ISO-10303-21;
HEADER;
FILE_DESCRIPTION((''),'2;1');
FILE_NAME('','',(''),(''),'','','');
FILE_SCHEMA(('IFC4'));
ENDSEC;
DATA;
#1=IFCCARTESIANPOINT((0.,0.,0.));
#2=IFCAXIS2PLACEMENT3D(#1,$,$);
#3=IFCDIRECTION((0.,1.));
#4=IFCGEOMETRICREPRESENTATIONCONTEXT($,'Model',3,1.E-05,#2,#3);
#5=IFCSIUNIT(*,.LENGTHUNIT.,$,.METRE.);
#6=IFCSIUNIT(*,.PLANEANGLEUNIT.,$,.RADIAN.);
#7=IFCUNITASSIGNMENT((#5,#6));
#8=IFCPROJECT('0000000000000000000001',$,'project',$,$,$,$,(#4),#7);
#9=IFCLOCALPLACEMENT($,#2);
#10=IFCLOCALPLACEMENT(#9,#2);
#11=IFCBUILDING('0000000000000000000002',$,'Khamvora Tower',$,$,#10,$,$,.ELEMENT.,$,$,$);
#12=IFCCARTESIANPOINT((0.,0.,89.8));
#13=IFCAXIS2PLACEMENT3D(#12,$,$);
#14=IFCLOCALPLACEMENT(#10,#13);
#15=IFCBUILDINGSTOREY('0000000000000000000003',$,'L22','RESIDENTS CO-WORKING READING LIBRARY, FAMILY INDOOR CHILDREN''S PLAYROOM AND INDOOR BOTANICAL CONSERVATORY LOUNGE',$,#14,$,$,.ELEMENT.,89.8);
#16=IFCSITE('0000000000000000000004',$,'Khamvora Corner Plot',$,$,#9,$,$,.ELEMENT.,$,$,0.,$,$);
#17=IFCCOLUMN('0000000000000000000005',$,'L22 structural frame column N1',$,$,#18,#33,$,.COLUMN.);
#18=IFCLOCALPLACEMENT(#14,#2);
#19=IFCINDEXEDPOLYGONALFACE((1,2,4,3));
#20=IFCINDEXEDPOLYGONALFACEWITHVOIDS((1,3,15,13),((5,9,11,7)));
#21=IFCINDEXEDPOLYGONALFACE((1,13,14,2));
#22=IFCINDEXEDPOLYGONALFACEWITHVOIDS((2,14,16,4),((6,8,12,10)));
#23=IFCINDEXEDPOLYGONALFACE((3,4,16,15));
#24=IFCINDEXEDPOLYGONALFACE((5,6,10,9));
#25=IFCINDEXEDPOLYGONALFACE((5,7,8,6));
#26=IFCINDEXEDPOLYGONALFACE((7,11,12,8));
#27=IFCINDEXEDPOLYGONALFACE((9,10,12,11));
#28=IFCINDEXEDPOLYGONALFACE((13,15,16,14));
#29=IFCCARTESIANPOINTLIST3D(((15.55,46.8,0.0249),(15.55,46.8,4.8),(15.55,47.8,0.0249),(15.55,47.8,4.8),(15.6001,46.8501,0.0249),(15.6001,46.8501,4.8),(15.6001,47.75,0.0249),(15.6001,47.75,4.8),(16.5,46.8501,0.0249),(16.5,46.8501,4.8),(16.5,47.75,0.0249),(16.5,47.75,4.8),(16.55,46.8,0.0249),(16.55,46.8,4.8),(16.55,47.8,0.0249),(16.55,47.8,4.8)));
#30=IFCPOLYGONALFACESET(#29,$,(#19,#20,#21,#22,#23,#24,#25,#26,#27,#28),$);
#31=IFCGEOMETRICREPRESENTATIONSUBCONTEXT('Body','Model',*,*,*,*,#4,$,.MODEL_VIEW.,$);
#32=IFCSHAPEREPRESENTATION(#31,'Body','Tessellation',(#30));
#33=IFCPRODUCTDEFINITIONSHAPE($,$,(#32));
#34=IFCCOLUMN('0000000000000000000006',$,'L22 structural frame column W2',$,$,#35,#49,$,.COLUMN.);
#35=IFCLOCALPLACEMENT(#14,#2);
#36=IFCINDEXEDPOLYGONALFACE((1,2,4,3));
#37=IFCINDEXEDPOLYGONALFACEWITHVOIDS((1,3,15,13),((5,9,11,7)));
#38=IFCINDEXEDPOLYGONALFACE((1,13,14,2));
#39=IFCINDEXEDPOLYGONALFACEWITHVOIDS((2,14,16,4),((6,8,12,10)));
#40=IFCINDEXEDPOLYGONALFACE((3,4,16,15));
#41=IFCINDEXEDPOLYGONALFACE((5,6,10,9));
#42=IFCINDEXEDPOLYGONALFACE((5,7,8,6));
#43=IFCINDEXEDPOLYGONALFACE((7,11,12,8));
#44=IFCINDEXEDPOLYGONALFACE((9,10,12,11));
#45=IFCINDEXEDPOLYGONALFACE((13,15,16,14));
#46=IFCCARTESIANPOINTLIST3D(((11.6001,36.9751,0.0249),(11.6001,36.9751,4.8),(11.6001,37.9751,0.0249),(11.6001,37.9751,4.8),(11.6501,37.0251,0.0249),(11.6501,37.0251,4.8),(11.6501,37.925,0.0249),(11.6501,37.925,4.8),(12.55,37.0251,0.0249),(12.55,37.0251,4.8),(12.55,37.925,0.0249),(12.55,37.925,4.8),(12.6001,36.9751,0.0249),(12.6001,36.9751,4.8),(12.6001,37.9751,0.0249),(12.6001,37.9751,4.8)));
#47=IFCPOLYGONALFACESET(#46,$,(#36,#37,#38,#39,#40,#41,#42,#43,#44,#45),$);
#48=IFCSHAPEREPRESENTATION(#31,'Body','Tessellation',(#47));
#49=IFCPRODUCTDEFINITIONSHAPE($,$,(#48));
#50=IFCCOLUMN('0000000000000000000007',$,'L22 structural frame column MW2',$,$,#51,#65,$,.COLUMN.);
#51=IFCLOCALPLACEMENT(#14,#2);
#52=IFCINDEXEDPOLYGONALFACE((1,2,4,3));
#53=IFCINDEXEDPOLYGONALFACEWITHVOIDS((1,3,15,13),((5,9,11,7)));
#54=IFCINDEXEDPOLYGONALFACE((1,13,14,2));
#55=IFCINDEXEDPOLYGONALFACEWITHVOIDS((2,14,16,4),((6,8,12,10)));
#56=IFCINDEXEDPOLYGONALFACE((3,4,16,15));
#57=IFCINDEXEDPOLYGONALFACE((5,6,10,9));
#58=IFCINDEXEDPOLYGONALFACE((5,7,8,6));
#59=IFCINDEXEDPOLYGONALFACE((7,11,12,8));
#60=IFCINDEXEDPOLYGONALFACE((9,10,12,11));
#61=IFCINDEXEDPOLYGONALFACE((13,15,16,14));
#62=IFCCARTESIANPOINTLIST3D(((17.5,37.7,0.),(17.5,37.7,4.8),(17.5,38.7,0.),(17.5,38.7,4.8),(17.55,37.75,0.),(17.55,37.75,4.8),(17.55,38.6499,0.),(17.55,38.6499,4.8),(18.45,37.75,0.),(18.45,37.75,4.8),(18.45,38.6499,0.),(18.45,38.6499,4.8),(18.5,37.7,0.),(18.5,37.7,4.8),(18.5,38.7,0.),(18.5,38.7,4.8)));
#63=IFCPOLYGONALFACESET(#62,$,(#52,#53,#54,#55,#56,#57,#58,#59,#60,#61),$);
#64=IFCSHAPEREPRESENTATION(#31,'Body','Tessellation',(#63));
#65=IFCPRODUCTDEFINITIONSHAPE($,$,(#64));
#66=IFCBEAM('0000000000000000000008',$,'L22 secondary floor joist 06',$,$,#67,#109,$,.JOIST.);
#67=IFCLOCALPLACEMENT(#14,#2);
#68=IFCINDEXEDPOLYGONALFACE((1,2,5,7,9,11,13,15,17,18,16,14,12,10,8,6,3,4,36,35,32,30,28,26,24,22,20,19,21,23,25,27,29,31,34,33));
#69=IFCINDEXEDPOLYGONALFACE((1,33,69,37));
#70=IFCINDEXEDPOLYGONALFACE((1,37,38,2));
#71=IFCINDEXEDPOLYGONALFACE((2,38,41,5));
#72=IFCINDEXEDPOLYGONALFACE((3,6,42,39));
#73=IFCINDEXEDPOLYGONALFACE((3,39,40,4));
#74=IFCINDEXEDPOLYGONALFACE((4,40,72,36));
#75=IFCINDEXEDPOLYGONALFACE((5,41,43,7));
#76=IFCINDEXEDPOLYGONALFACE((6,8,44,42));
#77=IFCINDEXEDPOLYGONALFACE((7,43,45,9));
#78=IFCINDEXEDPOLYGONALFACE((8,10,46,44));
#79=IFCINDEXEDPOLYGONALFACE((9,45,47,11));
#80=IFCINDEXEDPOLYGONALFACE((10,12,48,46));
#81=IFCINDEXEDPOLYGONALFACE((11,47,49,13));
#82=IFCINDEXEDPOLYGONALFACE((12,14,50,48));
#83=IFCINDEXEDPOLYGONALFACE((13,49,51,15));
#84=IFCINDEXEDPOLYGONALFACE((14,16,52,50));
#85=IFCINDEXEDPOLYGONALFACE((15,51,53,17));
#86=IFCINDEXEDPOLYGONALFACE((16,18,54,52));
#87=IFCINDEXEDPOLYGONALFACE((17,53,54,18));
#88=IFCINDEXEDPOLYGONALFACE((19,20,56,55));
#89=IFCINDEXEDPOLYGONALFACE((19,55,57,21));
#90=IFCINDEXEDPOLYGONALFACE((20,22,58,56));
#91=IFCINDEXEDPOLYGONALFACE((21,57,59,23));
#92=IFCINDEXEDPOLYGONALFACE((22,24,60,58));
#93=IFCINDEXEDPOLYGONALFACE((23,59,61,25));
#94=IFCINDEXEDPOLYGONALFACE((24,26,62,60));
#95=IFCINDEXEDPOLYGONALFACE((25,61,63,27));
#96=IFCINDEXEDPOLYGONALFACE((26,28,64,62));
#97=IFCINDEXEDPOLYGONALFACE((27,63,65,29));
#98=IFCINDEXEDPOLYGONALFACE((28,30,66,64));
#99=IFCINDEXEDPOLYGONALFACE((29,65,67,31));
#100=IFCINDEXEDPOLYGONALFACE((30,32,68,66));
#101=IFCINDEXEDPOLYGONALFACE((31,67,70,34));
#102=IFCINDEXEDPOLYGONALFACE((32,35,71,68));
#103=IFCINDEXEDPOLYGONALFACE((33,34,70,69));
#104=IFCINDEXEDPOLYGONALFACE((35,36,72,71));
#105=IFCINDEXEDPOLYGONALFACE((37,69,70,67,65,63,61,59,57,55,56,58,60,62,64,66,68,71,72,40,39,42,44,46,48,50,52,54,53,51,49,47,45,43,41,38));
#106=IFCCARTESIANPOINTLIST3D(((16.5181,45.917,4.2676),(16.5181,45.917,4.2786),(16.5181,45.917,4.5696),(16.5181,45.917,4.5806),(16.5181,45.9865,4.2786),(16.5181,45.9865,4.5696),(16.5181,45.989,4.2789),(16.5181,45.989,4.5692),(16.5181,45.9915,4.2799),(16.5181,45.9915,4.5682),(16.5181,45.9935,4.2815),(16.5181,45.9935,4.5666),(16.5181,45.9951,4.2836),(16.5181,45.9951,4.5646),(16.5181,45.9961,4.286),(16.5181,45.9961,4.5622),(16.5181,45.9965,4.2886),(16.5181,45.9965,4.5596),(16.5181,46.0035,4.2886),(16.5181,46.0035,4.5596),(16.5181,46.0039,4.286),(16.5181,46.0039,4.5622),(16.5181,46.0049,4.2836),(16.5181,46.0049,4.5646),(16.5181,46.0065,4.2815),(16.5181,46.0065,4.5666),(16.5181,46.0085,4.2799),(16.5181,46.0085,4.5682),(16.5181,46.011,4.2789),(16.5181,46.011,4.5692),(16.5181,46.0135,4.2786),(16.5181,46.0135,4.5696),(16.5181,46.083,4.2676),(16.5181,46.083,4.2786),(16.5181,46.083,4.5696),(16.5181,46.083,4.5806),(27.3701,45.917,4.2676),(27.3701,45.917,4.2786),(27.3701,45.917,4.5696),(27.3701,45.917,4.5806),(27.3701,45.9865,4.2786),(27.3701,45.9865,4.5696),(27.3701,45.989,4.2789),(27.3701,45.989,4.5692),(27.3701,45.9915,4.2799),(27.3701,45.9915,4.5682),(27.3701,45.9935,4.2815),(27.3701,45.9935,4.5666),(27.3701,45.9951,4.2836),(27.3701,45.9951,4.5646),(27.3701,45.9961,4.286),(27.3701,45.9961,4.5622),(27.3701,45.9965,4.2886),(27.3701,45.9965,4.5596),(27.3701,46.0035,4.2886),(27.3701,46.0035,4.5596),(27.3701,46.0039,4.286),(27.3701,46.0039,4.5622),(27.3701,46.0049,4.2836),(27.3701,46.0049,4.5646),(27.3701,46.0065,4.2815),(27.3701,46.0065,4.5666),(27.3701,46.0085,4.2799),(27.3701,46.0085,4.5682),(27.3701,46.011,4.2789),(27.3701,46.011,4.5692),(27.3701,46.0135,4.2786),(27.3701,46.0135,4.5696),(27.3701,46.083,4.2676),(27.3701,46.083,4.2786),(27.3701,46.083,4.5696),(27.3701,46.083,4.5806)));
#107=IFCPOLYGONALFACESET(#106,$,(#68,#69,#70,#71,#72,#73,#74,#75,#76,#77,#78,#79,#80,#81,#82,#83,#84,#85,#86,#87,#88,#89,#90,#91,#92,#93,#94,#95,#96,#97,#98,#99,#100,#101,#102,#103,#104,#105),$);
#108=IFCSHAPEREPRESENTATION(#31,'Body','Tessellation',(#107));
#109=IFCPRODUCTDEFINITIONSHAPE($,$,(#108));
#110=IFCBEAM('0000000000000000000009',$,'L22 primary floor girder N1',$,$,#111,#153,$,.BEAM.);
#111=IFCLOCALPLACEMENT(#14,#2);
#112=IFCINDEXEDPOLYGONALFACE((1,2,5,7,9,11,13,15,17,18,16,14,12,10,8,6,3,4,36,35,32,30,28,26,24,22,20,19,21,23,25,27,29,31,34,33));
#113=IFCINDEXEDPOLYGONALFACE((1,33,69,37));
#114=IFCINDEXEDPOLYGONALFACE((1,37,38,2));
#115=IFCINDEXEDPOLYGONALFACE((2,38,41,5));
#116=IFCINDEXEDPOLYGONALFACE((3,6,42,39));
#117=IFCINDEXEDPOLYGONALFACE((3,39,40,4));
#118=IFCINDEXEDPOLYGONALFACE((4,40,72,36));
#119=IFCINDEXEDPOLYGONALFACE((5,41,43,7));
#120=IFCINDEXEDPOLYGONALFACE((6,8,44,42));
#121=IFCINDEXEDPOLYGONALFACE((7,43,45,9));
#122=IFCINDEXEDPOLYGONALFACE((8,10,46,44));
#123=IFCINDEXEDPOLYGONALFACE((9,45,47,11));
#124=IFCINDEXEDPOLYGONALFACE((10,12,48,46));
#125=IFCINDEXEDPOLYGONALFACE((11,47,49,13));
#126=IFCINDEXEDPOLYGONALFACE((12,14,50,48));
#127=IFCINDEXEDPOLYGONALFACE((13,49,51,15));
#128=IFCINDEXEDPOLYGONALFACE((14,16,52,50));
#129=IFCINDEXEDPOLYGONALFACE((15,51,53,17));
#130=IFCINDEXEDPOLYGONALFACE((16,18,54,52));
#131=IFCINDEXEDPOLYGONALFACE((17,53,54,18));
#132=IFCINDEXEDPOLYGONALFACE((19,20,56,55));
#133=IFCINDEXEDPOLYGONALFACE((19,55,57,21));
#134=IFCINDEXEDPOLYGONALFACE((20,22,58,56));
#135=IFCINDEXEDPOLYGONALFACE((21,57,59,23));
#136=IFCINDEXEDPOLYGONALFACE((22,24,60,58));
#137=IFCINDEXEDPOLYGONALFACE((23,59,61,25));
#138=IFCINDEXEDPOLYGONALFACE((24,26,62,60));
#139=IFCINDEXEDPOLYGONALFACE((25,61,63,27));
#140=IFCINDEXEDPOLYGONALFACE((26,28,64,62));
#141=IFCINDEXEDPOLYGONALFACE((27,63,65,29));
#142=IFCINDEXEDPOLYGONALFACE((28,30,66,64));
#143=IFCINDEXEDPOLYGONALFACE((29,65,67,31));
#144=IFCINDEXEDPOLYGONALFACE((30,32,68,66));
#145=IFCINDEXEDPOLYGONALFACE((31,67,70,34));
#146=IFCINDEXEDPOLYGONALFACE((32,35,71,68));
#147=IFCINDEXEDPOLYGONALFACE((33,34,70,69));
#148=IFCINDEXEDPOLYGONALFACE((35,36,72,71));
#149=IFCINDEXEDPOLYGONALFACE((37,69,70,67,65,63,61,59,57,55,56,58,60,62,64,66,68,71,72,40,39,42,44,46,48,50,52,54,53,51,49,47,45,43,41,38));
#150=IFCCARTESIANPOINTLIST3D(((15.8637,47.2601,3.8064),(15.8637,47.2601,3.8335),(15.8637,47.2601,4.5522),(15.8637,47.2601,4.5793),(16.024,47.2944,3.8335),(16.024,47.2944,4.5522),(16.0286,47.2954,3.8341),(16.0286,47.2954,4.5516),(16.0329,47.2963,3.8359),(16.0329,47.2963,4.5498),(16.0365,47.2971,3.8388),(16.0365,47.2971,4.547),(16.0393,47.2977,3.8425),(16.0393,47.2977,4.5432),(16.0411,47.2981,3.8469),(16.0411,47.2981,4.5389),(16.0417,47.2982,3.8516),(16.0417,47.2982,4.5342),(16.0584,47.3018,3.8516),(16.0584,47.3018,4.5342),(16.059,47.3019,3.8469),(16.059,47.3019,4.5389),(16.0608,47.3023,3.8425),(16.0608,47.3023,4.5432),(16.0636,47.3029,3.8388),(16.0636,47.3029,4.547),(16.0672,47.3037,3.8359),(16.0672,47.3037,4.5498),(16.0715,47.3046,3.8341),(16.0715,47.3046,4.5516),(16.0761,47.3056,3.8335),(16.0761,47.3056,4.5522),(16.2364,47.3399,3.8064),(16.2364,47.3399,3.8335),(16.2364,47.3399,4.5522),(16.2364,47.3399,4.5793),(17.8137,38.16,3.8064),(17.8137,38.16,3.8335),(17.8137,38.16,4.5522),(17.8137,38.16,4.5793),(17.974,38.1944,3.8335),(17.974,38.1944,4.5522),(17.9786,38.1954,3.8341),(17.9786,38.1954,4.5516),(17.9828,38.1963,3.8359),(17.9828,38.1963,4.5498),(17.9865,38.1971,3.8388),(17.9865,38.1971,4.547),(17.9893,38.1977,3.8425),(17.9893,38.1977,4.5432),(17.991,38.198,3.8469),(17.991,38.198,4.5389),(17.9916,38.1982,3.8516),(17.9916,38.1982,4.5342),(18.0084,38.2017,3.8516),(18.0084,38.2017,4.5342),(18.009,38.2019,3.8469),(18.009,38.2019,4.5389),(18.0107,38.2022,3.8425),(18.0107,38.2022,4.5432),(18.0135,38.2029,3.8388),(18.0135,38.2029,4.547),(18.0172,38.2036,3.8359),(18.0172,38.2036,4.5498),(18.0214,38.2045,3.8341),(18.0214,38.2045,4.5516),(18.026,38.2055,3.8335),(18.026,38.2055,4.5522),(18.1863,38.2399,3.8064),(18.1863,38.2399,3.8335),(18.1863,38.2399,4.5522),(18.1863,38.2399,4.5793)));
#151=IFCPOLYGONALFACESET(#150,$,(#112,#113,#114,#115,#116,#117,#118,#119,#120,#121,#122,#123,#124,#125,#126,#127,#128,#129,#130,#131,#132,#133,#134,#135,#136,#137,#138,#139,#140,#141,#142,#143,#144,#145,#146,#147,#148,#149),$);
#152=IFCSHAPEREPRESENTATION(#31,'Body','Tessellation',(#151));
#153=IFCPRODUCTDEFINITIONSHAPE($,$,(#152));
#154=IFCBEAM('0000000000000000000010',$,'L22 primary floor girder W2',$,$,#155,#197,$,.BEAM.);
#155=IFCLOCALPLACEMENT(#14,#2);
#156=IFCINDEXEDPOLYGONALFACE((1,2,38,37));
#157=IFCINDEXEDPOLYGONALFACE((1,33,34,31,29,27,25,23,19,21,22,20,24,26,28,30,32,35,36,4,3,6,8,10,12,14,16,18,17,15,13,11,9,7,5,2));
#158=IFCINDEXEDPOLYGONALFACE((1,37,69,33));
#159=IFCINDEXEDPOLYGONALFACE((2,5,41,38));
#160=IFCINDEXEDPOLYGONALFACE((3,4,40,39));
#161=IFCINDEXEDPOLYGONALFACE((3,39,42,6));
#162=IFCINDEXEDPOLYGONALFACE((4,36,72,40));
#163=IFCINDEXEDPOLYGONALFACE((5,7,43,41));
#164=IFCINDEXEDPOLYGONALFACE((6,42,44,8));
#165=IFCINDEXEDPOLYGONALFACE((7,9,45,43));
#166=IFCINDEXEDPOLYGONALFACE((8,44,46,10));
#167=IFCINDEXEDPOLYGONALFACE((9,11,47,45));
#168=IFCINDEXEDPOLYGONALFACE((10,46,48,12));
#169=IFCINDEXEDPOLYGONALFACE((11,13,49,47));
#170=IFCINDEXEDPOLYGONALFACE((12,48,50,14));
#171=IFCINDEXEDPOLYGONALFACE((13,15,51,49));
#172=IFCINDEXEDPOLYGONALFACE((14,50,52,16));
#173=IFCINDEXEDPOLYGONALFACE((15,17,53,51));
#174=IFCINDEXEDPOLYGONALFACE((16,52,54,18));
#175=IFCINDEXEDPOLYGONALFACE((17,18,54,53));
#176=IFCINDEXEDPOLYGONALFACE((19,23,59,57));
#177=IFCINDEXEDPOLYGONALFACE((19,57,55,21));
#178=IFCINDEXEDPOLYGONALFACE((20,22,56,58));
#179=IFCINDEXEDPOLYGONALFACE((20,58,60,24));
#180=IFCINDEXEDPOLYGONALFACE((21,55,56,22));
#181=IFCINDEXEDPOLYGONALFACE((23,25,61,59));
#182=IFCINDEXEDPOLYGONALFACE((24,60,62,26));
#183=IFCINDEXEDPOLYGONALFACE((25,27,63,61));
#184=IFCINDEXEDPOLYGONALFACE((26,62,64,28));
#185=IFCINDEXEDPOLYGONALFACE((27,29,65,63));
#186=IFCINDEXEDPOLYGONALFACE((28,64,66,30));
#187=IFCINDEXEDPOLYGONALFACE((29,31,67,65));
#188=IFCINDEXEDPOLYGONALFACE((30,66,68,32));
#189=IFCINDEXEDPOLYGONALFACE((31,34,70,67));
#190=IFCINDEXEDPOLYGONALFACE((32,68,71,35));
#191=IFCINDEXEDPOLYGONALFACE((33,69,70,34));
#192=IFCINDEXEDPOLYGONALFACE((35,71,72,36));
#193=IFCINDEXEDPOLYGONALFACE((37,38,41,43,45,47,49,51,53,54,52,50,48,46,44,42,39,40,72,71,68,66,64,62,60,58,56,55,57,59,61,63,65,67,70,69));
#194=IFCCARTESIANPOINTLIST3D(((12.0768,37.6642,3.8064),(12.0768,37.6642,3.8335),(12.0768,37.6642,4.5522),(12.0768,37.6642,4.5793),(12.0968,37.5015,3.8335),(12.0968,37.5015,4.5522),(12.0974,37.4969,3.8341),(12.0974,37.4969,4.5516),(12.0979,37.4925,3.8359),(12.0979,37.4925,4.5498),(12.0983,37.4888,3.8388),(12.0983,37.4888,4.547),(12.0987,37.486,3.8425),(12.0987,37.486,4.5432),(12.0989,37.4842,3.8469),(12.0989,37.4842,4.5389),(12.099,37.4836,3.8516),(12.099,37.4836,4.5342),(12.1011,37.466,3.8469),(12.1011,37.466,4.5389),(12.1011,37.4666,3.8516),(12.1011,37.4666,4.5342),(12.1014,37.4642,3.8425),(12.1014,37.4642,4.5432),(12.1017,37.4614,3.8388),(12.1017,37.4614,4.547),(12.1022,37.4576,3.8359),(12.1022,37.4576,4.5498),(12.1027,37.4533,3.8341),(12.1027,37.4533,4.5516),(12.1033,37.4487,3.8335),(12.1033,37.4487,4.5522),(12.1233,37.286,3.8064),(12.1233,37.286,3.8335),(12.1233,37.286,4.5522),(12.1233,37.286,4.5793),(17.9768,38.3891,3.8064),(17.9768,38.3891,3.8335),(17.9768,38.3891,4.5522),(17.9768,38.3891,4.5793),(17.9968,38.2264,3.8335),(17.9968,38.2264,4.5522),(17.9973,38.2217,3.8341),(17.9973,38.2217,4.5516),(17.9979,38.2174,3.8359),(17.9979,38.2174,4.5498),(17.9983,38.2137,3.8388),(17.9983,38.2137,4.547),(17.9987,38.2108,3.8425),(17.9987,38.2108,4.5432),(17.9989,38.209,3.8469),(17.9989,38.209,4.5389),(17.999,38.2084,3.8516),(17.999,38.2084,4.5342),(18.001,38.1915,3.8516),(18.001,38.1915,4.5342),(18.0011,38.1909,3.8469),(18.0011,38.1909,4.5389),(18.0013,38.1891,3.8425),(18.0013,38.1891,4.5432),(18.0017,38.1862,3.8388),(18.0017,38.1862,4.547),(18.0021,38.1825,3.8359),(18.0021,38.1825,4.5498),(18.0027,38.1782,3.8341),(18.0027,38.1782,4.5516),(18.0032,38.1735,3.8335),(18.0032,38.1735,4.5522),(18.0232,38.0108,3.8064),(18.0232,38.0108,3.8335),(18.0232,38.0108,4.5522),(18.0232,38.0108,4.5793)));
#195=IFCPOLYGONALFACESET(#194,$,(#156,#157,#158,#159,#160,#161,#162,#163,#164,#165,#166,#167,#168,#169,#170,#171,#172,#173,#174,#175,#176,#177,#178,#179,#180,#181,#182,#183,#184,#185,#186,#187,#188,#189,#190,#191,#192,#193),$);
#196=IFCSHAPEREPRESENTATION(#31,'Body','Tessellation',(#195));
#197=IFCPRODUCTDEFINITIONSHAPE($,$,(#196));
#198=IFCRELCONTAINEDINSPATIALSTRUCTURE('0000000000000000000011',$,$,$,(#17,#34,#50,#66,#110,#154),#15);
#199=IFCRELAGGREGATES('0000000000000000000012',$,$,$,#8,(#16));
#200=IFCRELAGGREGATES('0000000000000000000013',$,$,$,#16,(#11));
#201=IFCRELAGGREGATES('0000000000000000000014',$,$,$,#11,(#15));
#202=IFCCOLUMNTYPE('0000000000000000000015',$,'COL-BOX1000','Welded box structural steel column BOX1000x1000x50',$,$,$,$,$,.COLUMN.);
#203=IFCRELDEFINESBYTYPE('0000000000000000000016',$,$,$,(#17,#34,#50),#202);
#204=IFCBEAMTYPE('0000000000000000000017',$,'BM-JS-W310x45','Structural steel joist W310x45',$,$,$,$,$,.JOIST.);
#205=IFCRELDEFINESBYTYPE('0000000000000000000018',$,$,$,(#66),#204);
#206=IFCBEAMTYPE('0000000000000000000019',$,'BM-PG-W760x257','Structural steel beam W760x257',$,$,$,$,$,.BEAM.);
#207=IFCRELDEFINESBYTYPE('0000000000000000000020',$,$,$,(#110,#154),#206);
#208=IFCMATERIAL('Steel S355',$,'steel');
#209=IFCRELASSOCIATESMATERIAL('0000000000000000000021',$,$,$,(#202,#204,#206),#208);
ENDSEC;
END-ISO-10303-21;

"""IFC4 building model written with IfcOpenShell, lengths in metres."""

from ifc_helpers import new_model, si_unit, direction, frame, origin, origin_2d, place, context, subcontext, project, spatial, hollow_rectangle, i_section, extrude, material, material_profile, profile_set, type_object, element, save


model = new_model("IFC4")

# Units and contexts
model_context = context("Model", 3, precision=1e-05, world=origin(), true_north=direction((0.0, 1.0)))
body_context = subcontext(model_context, "Body", "Model", "MODEL_VIEW")
ifc_project = project(units=[si_unit("LENGTHUNIT", "METRE"), si_unit("PLANEANGLEUNIT", "RADIAN")], contexts=[model_context])

# Site, building, storey
site_placement = place(None, origin())
site = spatial("IfcSite", under=ifc_project, at=site_placement, Name="Khamvora Corner Plot", CompositionType="ELEMENT", RefElevation=0.0)
building_placement = place(site_placement, origin())
building = spatial("IfcBuilding", under=site, at=building_placement, Name="Khamvora Tower", CompositionType="ELEMENT")
storey_placement = place(building_placement, frame((0.0, 0.0, 89.8)))
storey = spatial("IfcBuildingStorey", under=building, at=storey_placement, Name="L22", Description="RESIDENTS CO-WORKING READING LIBRARY, FAMILY INDOOR CHILDREN'S PLAYROOM AND INDOOR BOTANICAL CONSERVATORY LOUNGE", CompositionType="ELEMENT", Elevation=89.8)

# Columns
ifc_material_1 = material(Name="Steel S355", Category="steel")
ifc_material_profile_1 = material_profile(ifc_material_1, hollow_rectangle(XDim=1.0, YDim=1.0, WallThickness=0.05, at=origin_2d()), Name="BOX1000x1000x50")
ifc_profile_set_1 = profile_set([ifc_material_profile_1], Name="Steel S355")
column_type = type_object("IfcColumnType", Name="COL-BOX1000", Description="Welded box structural steel column BOX1000x1000x50", PredefinedType="COLUMN", material=ifc_profile_set_1)
for number, where, z_axis, x_axis, name in (
    (1, (16.05, 47.3, 0.0249), (0.0, 0.0, 1.0), (1.0, 0.0, 0.0), "L22 structural frame column N1"),
    (2, (12.1001, 37.4751, 0.0249), (0.0, 0.0, 1.0), (1.0, 0.0, 0.0), "L22 structural frame column W2"),
):
    element("IfcColumn", number, at=place(storey_placement, frame(where, z_axis=z_axis, x_axis=x_axis)), inside=storey, type_object=column_type, Name=name, PredefinedType="COLUMN", context=body_context, shape_type="SweptSolid", body=[
        extrude(hollow_rectangle(XDim=1.0, YDim=1.0, WallThickness=0.05, at=origin_2d()), origin(), (0.0, 0.0, 1.0), 4.7751),
    ])
column_placement = place(storey_placement, frame((18.0, 38.2, 0.0), z_axis=(0.0, 0.0, 1.0), x_axis=(1.0, 0.0, 0.0)))
element("IfcColumn", 3, at=column_placement, inside=storey, type_object=column_type, Name="L22 structural frame column MW2", PredefinedType="COLUMN", context=body_context, shape_type="SweptSolid", body=[
    extrude(hollow_rectangle(XDim=1.0, YDim=1.0, WallThickness=0.05, at=origin_2d()), origin(), (0.0, 0.0, 1.0), 4.8),
])

# Beams
ifc_material_profile_2 = material_profile(ifc_material_1, i_section(OverallWidth=0.166, OverallDepth=0.313, WebThickness=0.0071, FlangeThickness=0.011, FilletRadius=0.01, at=origin_2d()), Name="W310x45")
ifc_profile_set_2 = profile_set([ifc_material_profile_2], Name="Steel S355")
beam_type_1 = type_object("IfcBeamType", Name="BM-JS-W310x45", Description="Structural steel joist W310x45", PredefinedType="JOIST", material=ifc_profile_set_2)
beam_1_placement = place(storey_placement, frame((16.5181, 46.0, 4.4241), z_axis=(1.0, 0.0, 0.0), x_axis=(0.0, 1.0, 0.0)))
element("IfcBeam", 4, at=beam_1_placement, inside=storey, type_object=beam_type_1, Name="L22 secondary floor joist 06", PredefinedType="JOIST", context=body_context, shape_type="SweptSolid", body=[
    extrude(i_section(OverallWidth=0.166, OverallDepth=0.313, WebThickness=0.0071, FlangeThickness=0.011, FilletRadius=0.01, at=origin_2d()), origin(), (0.0, 0.0, 1.0), 10.8521),
])
ifc_material_profile_3 = material_profile(ifc_material_1, i_section(OverallWidth=0.3811, OverallDepth=0.7729, WebThickness=0.0171, FlangeThickness=0.0271, FilletRadius=0.0181, at=origin_2d()), Name="W760x257")
ifc_profile_set_3 = profile_set([ifc_material_profile_3], Name="Steel S355")
beam_type_2 = type_object("IfcBeamType", Name="BM-PG-W760x257", Description="Structural steel beam W760x257", PredefinedType="BEAM", material=ifc_profile_set_3)
beam_2_placement = place(storey_placement, frame((18.0, 38.2, 4.1929), z_axis=(-0.209522, 0.977804, 0.0), x_axis=(-0.977804, -0.209522, 0.0)))
element("IfcBeam", 5, at=beam_2_placement, inside=storey, type_object=beam_type_2, Name="L22 primary floor girder N1", PredefinedType="BEAM", context=body_context, shape_type="SweptSolid", body=[
    extrude(i_section(OverallWidth=0.3811, OverallDepth=0.7729, WebThickness=0.0171, FlangeThickness=0.0271, FilletRadius=0.0181, at=origin_2d()), origin(), (0.0, 0.0, 1.0), 9.3066),
])
beam_3_placement = place(storey_placement, frame((18.0, 38.2, 4.1929), z_axis=(-0.992537, -0.121942, 0.0), x_axis=(0.121942, -0.992537, 0.0)))
element("IfcBeam", 6, at=beam_3_placement, inside=storey, type_object=beam_type_2, Name="L22 primary floor girder W2", PredefinedType="BEAM", context=body_context, shape_type="SweptSolid", body=[
    extrude(i_section(OverallWidth=0.3811, OverallDepth=0.7729, WebThickness=0.0171, FlangeThickness=0.0271, FilletRadius=0.0181, at=origin_2d()), origin(), (0.0, 0.0, 1.0), 5.9443),
])

save(model, "model.ifc")
